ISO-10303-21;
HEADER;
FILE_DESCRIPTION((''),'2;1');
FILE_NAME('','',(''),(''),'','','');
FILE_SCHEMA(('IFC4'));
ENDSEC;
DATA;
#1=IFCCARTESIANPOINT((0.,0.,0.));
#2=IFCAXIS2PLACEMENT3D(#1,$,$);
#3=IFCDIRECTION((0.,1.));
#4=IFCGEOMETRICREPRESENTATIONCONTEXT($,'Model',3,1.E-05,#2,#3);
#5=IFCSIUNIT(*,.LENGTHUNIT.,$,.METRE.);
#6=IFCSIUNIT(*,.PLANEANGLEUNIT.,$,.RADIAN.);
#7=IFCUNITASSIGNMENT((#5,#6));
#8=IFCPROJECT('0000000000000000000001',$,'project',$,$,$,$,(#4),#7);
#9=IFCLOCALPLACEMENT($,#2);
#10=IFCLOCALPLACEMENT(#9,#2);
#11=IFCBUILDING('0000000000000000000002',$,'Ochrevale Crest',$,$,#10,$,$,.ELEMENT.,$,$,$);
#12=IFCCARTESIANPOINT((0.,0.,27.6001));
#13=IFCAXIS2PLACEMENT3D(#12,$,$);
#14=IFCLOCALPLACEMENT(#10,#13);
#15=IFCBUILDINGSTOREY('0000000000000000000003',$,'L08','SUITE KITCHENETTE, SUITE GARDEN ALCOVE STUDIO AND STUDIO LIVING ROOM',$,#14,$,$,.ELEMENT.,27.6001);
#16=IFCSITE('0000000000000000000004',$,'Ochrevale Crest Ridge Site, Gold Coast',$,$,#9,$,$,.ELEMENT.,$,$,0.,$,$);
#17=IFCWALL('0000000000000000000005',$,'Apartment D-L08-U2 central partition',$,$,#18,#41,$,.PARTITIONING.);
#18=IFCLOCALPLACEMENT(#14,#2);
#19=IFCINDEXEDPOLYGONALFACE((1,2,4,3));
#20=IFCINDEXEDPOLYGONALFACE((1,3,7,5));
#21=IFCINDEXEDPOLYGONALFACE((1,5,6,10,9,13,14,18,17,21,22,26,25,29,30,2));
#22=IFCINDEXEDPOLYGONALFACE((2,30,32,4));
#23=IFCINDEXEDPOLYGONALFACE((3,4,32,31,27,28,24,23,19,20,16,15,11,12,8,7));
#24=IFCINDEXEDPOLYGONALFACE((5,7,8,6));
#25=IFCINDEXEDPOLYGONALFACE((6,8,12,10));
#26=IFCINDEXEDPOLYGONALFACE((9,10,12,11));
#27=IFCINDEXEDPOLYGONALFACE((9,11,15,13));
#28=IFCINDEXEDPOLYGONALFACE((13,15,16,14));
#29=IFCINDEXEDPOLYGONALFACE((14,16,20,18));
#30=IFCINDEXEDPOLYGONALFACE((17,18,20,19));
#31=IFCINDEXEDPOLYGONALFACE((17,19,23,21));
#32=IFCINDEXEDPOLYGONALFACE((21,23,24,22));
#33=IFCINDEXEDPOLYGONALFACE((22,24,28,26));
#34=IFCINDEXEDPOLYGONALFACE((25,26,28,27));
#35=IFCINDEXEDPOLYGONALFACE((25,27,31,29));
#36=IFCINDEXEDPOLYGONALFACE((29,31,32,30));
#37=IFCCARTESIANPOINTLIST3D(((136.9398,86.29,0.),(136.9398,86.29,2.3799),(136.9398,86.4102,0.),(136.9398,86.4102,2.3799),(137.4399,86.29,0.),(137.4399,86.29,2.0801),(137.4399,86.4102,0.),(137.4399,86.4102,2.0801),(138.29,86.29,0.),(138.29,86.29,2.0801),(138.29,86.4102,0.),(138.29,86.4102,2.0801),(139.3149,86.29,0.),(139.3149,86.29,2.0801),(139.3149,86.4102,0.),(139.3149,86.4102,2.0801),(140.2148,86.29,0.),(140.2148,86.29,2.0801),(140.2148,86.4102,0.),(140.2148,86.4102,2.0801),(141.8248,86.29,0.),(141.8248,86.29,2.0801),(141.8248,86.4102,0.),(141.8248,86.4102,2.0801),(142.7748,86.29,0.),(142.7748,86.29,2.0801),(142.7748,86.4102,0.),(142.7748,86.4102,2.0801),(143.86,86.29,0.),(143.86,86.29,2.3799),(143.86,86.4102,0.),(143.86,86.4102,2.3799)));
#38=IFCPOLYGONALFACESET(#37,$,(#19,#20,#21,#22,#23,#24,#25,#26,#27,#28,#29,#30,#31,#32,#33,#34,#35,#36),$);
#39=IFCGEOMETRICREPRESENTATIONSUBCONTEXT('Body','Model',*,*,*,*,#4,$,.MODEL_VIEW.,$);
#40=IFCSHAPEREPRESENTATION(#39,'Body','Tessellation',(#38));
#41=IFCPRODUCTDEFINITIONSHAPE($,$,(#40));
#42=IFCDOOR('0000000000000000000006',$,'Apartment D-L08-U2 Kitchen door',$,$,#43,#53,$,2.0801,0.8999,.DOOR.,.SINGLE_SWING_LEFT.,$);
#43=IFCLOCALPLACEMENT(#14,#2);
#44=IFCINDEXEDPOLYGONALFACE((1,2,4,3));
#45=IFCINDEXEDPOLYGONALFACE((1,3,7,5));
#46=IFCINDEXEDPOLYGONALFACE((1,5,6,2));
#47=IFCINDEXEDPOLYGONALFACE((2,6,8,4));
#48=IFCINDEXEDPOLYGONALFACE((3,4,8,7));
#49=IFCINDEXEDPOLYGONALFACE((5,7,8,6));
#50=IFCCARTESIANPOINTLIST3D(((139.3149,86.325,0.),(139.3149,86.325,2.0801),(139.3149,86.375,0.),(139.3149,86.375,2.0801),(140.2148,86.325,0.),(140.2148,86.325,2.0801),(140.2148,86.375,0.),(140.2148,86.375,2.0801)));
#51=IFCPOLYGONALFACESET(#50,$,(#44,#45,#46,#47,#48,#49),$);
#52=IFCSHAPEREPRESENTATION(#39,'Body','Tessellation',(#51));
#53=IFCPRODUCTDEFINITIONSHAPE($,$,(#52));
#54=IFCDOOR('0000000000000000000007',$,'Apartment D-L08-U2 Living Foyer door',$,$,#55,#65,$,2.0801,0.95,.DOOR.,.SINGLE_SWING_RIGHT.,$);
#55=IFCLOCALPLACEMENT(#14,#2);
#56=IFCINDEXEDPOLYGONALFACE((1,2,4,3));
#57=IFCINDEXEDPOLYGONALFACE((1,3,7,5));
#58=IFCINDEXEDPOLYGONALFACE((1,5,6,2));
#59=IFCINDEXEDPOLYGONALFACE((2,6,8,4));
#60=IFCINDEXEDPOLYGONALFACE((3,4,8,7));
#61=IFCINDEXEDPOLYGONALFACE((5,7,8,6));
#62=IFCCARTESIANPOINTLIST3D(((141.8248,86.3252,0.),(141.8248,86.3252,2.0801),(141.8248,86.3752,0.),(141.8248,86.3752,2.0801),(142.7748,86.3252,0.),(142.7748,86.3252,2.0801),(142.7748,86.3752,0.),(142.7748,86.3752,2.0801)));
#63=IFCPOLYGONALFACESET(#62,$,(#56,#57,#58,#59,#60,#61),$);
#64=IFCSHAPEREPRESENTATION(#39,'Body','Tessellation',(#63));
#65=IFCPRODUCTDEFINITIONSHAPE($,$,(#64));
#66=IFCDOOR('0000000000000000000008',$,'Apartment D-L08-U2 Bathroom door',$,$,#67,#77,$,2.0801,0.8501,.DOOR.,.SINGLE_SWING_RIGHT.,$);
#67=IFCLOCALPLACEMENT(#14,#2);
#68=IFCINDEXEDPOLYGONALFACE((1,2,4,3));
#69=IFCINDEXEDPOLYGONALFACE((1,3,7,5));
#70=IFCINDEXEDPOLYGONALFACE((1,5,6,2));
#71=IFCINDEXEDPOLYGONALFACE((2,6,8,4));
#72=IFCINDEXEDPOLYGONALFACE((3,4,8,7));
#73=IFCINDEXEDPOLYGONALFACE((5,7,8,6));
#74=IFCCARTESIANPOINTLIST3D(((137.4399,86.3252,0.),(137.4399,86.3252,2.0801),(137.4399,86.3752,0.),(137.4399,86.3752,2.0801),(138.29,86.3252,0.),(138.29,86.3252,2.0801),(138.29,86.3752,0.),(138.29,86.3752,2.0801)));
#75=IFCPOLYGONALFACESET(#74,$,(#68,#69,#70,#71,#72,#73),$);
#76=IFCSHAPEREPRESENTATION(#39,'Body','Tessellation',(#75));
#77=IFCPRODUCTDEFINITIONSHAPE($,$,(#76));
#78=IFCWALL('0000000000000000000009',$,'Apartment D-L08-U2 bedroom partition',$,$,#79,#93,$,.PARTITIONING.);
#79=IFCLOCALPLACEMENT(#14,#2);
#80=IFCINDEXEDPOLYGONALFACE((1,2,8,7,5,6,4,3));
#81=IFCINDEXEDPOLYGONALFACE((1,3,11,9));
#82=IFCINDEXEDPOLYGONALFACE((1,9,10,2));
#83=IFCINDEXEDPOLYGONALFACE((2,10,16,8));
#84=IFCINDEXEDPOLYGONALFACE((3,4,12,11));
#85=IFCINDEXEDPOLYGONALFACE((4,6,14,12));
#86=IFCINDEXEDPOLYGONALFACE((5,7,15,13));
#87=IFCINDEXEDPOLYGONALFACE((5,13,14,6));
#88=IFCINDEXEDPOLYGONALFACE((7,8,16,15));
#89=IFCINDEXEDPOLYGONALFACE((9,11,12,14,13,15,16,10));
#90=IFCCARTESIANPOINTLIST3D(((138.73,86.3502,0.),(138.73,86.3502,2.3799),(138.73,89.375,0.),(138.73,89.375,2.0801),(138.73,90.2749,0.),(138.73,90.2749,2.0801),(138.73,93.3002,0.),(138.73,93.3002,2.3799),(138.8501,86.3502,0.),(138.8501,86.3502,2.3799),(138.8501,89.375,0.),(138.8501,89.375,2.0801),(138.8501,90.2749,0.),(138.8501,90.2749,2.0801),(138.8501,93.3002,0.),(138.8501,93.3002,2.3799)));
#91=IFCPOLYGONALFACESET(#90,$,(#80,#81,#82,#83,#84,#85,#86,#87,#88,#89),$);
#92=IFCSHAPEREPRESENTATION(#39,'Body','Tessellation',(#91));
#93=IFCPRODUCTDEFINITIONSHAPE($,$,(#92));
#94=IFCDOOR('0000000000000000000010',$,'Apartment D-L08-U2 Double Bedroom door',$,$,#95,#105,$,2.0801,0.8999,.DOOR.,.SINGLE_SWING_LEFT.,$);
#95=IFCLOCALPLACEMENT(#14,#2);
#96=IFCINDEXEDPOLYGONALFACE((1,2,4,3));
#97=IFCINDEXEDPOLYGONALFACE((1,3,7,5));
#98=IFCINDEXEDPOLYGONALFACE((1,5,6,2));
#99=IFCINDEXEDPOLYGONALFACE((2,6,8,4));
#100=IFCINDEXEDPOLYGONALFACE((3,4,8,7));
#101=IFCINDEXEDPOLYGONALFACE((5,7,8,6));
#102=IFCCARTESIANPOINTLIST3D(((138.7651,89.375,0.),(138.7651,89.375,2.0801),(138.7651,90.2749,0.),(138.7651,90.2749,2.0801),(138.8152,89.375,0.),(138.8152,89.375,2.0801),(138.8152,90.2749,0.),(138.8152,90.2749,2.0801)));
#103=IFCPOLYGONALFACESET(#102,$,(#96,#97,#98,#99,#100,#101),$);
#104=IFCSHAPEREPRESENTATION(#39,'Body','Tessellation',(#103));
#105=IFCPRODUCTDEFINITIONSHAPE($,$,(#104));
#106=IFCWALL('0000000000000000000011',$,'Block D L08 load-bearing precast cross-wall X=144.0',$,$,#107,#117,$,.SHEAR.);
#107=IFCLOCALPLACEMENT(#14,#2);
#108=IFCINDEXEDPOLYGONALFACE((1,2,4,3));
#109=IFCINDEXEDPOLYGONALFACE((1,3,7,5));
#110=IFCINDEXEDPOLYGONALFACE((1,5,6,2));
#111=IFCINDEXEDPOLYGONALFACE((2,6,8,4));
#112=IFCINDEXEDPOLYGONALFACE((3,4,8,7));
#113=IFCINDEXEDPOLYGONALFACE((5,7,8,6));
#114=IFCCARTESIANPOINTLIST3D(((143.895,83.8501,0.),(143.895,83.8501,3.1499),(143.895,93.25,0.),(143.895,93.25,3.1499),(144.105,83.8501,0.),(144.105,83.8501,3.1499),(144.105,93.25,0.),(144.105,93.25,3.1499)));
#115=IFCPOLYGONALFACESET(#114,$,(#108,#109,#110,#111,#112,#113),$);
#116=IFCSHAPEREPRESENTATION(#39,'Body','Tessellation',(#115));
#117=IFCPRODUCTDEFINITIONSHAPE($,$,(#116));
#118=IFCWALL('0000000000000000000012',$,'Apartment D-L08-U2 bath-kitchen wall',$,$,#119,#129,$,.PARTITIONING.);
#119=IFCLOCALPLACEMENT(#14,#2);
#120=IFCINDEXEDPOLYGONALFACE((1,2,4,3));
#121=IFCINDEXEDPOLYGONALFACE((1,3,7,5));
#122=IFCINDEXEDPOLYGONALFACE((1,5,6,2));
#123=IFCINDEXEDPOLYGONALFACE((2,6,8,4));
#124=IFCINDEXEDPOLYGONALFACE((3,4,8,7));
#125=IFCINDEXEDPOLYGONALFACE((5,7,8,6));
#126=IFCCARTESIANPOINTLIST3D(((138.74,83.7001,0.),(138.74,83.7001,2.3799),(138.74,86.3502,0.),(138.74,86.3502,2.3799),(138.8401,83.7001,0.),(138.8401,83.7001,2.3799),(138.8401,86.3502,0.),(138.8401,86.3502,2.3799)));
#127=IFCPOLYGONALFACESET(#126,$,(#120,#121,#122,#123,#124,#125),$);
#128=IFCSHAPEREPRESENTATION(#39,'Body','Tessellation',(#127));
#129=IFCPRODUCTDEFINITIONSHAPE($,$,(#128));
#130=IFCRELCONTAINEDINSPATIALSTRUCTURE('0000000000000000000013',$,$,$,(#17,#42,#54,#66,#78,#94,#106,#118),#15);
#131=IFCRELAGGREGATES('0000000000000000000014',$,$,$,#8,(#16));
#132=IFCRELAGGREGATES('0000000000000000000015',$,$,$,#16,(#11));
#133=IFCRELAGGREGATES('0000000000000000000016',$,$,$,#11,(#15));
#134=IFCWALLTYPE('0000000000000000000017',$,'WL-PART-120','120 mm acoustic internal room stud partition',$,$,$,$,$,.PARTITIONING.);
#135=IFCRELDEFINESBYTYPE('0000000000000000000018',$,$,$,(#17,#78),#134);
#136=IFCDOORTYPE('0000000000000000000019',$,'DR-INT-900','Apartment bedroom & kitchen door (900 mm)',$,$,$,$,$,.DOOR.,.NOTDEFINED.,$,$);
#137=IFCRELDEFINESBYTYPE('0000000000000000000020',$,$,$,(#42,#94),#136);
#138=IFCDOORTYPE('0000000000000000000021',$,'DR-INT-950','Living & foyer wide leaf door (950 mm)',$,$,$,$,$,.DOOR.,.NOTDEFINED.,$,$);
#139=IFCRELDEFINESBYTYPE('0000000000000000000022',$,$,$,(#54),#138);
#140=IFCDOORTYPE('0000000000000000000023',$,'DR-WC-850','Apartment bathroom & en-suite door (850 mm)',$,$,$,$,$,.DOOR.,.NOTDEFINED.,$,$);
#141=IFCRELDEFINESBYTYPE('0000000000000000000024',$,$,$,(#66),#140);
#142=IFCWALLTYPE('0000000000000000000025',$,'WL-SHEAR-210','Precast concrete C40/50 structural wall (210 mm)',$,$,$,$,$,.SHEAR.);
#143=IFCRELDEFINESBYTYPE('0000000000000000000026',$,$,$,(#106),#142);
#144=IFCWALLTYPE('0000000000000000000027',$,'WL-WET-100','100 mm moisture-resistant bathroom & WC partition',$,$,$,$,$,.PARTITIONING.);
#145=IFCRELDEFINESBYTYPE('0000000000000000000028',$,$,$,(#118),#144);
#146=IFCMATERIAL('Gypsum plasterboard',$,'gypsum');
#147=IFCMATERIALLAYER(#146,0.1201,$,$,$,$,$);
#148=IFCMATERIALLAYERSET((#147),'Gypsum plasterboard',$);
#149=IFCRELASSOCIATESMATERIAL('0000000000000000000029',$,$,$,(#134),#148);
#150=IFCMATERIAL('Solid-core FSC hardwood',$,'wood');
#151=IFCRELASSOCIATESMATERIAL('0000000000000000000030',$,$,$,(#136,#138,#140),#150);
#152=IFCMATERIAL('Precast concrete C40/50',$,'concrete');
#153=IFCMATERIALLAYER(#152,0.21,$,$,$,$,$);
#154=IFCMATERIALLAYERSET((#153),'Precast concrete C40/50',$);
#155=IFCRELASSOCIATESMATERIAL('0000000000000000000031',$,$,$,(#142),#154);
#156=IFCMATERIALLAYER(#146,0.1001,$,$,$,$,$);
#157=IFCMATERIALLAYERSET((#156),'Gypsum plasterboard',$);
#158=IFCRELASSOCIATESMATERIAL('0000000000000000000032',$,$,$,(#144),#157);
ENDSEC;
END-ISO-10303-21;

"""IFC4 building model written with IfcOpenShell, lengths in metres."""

from ifc_helpers import new_model, si_unit, direction, frame, frame_2d, origin, place, context, subcontext, project, spatial, rectangle, extrude, material, layer, layer_set, type_object, element, fill, save


model = new_model("IFC4")

# Units and contexts
model_context = context("Model", 3, precision=1e-05, world=origin(), true_north=direction((0.0, 1.0)))
body_context = subcontext(model_context, "Body", "Model", "MODEL_VIEW")
ifc_project = project(units=[si_unit("LENGTHUNIT", "METRE"), si_unit("PLANEANGLEUNIT", "RADIAN")], contexts=[model_context])

# Site, building, storey
site_placement = place(None, origin())
site = spatial("IfcSite", under=ifc_project, at=site_placement, Name="Ochrevale Crest Ridge Site, Gold Coast", CompositionType="ELEMENT", RefElevation=0.0)
building_placement = place(site_placement, origin())
building = spatial("IfcBuilding", under=site, at=building_placement, Name="Ochrevale Crest", CompositionType="ELEMENT")
storey_placement = place(building_placement, frame((0.0, 0.0, 27.6001)))
storey = spatial("IfcBuildingStorey", under=building, at=storey_placement, Name="L08", Description="SUITE KITCHENETTE, SUITE GARDEN ALCOVE STUDIO AND STUDIO LIVING ROOM", CompositionType="ELEMENT", Elevation=27.6001)

# Shared definitions
ifc_material_1 = material(Name="Gypsum plasterboard", Category="gypsum")
ifc_material_2 = material(Name="Solid-core FSC hardwood", Category="wood")

# Shared definitions
ifc_layer_1 = layer(ifc_material_1, 0.1201)
ifc_layer_set_1 = layer_set([ifc_layer_1], Name="Gypsum plasterboard")
wall_type_1 = type_object("IfcWallType", Name="WL-PART-120", Description="120 mm acoustic internal room stud partition", PredefinedType="PARTITIONING", material=ifc_layer_set_1)

# Wall, openings, doors
wall_1_placement = place(storey_placement, frame((136.9399, 86.3501, 0.0), z_axis=(0.0, 0.0, 1.0), x_axis=(1.0, 0.0, 0.0)))
wall_1 = element("IfcWall", 1, at=wall_1_placement, inside=storey, type_object=wall_type_1, Name="Apartment D-L08-U2 central partition", PredefinedType="PARTITIONING", context=body_context, shape_type="SweptSolid", body=[
    extrude(rectangle(XDim=6.9202, YDim=0.1201, at=frame_2d((3.46, 0.0))), origin(), (0.0, 0.0, 1.0), 2.3799),
])
opening_1_placement = place(wall_1_placement, frame((1.3501, 0.0, 0.0), z_axis=(0.0, 0.0, 1.0), x_axis=(-1.0, 0.0, 0.0)))
opening_1 = element("IfcOpeningElement", 2, at=opening_1_placement, cuts=wall_1, PredefinedType="OPENING", context=body_context, shape_type="SweptSolid", body=[
    extrude(rectangle(XDim=0.8501, YDim=2.0801, at=frame_2d((0.425, 1.04))), frame((0.0, 0.0701, 0.0), z_axis=(0.0, -1.0, 0.0), x_axis=(1.0, 0.0, 0.0)), (0.0, 0.0, 1.0), 0.1401),
])
opening_2_placement = place(wall_1_placement, frame((2.375, 0.0, 0.0)))
opening_2 = element("IfcOpeningElement", 3, at=opening_2_placement, cuts=wall_1, PredefinedType="OPENING", context=body_context, shape_type="SweptSolid", body=[
    extrude(rectangle(XDim=0.8999, YDim=2.0801, at=frame_2d((0.45, 1.04))), frame((0.0, 0.0701, 0.0), z_axis=(0.0, -1.0, 0.0), x_axis=(1.0, 0.0, 0.0)), (0.0, 0.0, 1.0), 0.1401),
])
opening_3_placement = place(wall_1_placement, frame((5.835, 0.0, 0.0), z_axis=(0.0, 0.0, 1.0), x_axis=(-1.0, 0.0, 0.0)))
opening_3 = element("IfcOpeningElement", 4, at=opening_3_placement, cuts=wall_1, PredefinedType="OPENING", context=body_context, shape_type="SweptSolid", body=[
    extrude(rectangle(XDim=0.95, YDim=2.0801, at=frame_2d((0.4751, 1.04))), frame((0.0, 0.0701, 0.0), z_axis=(0.0, -1.0, 0.0), x_axis=(1.0, 0.0, 0.0)), (0.0, 0.0, 1.0), 0.1401),
])
door_type_1 = type_object("IfcDoorType", Name="DR-INT-900", Description="Apartment bedroom & kitchen door (900 mm)", OperationType="NOTDEFINED", PredefinedType="DOOR", material=ifc_material_2)
door_1_placement = place(opening_2_placement, origin())
door_1 = element("IfcDoor", 5, at=door_1_placement, inside=storey, type_object=door_type_1, Name="Apartment D-L08-U2 Kitchen door", OperationType="SINGLE_SWING_LEFT", OverallHeight=2.0801, OverallWidth=0.8999, PredefinedType="DOOR", context=body_context, shape_type="SweptSolid", body=[
    extrude(rectangle(XDim=0.8999, YDim=2.0801, at=frame_2d((0.45, 1.04))), frame((0.0, 0.0249, 0.0), z_axis=(0.0, -1.0, 0.0), x_axis=(1.0, 0.0, 0.0)), (0.0, 0.0, 1.0), 0.05),
])
fill(opening_2, door_1)
door_type_2 = type_object("IfcDoorType", Name="DR-INT-950", Description="Living & foyer wide leaf door (950 mm)", OperationType="NOTDEFINED", PredefinedType="DOOR", material=ifc_material_2)
door_2_placement = place(opening_3_placement, origin())
door_2 = element("IfcDoor", 6, at=door_2_placement, inside=storey, type_object=door_type_2, Name="Apartment D-L08-U2 Living Foyer door", OperationType="SINGLE_SWING_RIGHT", OverallHeight=2.0801, OverallWidth=0.95, PredefinedType="DOOR", context=body_context, shape_type="SweptSolid", body=[
    extrude(rectangle(XDim=0.95, YDim=2.0801, at=frame_2d((0.4751, 1.04))), frame((0.0, 0.0249, 0.0), z_axis=(0.0, -1.0, 0.0), x_axis=(1.0, 0.0, 0.0)), (0.0, 0.0, 1.0), 0.05),
])
fill(opening_3, door_2)
door_type_3 = type_object("IfcDoorType", Name="DR-WC-850", Description="Apartment bathroom & en-suite door (850 mm)", OperationType="NOTDEFINED", PredefinedType="DOOR", material=ifc_material_2)
door_3_placement = place(opening_1_placement, origin())
door_3 = element("IfcDoor", 7, at=door_3_placement, inside=storey, type_object=door_type_3, Name="Apartment D-L08-U2 Bathroom door", OperationType="SINGLE_SWING_RIGHT", OverallHeight=2.0801, OverallWidth=0.8501, PredefinedType="DOOR", context=body_context, shape_type="SweptSolid", body=[
    extrude(rectangle(XDim=0.8501, YDim=2.0801, at=frame_2d((0.425, 1.04))), frame((0.0, 0.0249, 0.0), z_axis=(0.0, -1.0, 0.0), x_axis=(1.0, 0.0, 0.0)), (0.0, 0.0, 1.0), 0.05),
])
fill(opening_1, door_3)

# Wall, opening, door
wall_2_placement = place(storey_placement, frame((138.79, 86.3501, 0.0), z_axis=(0.0, 0.0, 1.0), x_axis=(0.0, 1.0, 0.0)))
wall_2 = element("IfcWall", 8, at=wall_2_placement, inside=storey, type_object=wall_type_1, Name="Apartment D-L08-U2 bedroom partition", PredefinedType="PARTITIONING", context=body_context, shape_type="SweptSolid", body=[
    extrude(rectangle(XDim=6.95, YDim=0.1201, at=frame_2d((3.4751, 0.0))), origin(), (0.0, 0.0, 1.0), 2.3799),
])
opening_4_placement = place(wall_2_placement, frame((3.0249, 0.0, 0.0)))
opening_4 = element("IfcOpeningElement", 9, at=opening_4_placement, cuts=wall_2, PredefinedType="OPENING", context=body_context, shape_type="SweptSolid", body=[
    extrude(rectangle(XDim=0.8999, YDim=2.0801, at=frame_2d((0.45, 1.04))), frame((0.0, 0.0701, 0.0), z_axis=(0.0, -1.0, 0.0), x_axis=(1.0, 0.0, 0.0)), (0.0, 0.0, 1.0), 0.1401),
])
door_4_placement = place(opening_4_placement, origin())
door_4 = element("IfcDoor", 10, at=door_4_placement, inside=storey, type_object=door_type_1, Name="Apartment D-L08-U2 Double Bedroom door", OperationType="SINGLE_SWING_LEFT", OverallHeight=2.0801, OverallWidth=0.8999, PredefinedType="DOOR", context=body_context, shape_type="SweptSolid", body=[
    extrude(rectangle(XDim=0.8999, YDim=2.0801, at=frame_2d((0.45, 1.04))), frame((0.0, 0.0249, 0.0), z_axis=(0.0, -1.0, 0.0), x_axis=(1.0, 0.0, 0.0)), (0.0, 0.0, 1.0), 0.05),
])
fill(opening_4, door_4)

# Walls
ifc_material_3 = material(Name="Precast concrete C40/50", Category="concrete")
ifc_layer_2 = layer(ifc_material_3, 0.21)
ifc_layer_set_2 = layer_set([ifc_layer_2], Name="Precast concrete C40/50")
wall_type_2 = type_object("IfcWallType", Name="WL-SHEAR-210", Description="Precast concrete C40/50 structural wall (210 mm)", PredefinedType="SHEAR", material=ifc_layer_set_2)
wall_3_placement = place(storey_placement, frame((144.0, 83.8501, 0.0), z_axis=(0.0, 0.0, 1.0), x_axis=(0.0, 1.0, 0.0)))
element("IfcWall", 11, at=wall_3_placement, inside=storey, type_object=wall_type_2, Name="Block D L08 load-bearing precast cross-wall X=144.0", PredefinedType="SHEAR", context=body_context, shape_type="SweptSolid", body=[
    extrude(rectangle(XDim=9.3999, YDim=0.21, at=frame_2d((4.7, 0.0))), origin(), (0.0, 0.0, 1.0), 3.1499),
])
ifc_layer_3 = layer(ifc_material_1, 0.1001)
ifc_layer_set_3 = layer_set([ifc_layer_3], Name="Gypsum plasterboard")
wall_type_3 = type_object("IfcWallType", Name="WL-WET-100", Description="100 mm moisture-resistant bathroom & WC partition", PredefinedType="PARTITIONING", material=ifc_layer_set_3)
wall_4_placement = place(storey_placement, frame((138.79, 83.7, 0.0), z_axis=(0.0, 0.0, 1.0), x_axis=(0.0, 1.0, 0.0)))
element("IfcWall", 12, at=wall_4_placement, inside=storey, type_object=wall_type_3, Name="Apartment D-L08-U2 bath-kitchen wall", PredefinedType="PARTITIONING", context=body_context, shape_type="SweptSolid", body=[
    extrude(rectangle(XDim=2.6501, YDim=0.1001, at=frame_2d((1.3252, 0.0))), origin(), (0.0, 0.0, 1.0), 2.3799),
])

save(model, "model.ifc")
